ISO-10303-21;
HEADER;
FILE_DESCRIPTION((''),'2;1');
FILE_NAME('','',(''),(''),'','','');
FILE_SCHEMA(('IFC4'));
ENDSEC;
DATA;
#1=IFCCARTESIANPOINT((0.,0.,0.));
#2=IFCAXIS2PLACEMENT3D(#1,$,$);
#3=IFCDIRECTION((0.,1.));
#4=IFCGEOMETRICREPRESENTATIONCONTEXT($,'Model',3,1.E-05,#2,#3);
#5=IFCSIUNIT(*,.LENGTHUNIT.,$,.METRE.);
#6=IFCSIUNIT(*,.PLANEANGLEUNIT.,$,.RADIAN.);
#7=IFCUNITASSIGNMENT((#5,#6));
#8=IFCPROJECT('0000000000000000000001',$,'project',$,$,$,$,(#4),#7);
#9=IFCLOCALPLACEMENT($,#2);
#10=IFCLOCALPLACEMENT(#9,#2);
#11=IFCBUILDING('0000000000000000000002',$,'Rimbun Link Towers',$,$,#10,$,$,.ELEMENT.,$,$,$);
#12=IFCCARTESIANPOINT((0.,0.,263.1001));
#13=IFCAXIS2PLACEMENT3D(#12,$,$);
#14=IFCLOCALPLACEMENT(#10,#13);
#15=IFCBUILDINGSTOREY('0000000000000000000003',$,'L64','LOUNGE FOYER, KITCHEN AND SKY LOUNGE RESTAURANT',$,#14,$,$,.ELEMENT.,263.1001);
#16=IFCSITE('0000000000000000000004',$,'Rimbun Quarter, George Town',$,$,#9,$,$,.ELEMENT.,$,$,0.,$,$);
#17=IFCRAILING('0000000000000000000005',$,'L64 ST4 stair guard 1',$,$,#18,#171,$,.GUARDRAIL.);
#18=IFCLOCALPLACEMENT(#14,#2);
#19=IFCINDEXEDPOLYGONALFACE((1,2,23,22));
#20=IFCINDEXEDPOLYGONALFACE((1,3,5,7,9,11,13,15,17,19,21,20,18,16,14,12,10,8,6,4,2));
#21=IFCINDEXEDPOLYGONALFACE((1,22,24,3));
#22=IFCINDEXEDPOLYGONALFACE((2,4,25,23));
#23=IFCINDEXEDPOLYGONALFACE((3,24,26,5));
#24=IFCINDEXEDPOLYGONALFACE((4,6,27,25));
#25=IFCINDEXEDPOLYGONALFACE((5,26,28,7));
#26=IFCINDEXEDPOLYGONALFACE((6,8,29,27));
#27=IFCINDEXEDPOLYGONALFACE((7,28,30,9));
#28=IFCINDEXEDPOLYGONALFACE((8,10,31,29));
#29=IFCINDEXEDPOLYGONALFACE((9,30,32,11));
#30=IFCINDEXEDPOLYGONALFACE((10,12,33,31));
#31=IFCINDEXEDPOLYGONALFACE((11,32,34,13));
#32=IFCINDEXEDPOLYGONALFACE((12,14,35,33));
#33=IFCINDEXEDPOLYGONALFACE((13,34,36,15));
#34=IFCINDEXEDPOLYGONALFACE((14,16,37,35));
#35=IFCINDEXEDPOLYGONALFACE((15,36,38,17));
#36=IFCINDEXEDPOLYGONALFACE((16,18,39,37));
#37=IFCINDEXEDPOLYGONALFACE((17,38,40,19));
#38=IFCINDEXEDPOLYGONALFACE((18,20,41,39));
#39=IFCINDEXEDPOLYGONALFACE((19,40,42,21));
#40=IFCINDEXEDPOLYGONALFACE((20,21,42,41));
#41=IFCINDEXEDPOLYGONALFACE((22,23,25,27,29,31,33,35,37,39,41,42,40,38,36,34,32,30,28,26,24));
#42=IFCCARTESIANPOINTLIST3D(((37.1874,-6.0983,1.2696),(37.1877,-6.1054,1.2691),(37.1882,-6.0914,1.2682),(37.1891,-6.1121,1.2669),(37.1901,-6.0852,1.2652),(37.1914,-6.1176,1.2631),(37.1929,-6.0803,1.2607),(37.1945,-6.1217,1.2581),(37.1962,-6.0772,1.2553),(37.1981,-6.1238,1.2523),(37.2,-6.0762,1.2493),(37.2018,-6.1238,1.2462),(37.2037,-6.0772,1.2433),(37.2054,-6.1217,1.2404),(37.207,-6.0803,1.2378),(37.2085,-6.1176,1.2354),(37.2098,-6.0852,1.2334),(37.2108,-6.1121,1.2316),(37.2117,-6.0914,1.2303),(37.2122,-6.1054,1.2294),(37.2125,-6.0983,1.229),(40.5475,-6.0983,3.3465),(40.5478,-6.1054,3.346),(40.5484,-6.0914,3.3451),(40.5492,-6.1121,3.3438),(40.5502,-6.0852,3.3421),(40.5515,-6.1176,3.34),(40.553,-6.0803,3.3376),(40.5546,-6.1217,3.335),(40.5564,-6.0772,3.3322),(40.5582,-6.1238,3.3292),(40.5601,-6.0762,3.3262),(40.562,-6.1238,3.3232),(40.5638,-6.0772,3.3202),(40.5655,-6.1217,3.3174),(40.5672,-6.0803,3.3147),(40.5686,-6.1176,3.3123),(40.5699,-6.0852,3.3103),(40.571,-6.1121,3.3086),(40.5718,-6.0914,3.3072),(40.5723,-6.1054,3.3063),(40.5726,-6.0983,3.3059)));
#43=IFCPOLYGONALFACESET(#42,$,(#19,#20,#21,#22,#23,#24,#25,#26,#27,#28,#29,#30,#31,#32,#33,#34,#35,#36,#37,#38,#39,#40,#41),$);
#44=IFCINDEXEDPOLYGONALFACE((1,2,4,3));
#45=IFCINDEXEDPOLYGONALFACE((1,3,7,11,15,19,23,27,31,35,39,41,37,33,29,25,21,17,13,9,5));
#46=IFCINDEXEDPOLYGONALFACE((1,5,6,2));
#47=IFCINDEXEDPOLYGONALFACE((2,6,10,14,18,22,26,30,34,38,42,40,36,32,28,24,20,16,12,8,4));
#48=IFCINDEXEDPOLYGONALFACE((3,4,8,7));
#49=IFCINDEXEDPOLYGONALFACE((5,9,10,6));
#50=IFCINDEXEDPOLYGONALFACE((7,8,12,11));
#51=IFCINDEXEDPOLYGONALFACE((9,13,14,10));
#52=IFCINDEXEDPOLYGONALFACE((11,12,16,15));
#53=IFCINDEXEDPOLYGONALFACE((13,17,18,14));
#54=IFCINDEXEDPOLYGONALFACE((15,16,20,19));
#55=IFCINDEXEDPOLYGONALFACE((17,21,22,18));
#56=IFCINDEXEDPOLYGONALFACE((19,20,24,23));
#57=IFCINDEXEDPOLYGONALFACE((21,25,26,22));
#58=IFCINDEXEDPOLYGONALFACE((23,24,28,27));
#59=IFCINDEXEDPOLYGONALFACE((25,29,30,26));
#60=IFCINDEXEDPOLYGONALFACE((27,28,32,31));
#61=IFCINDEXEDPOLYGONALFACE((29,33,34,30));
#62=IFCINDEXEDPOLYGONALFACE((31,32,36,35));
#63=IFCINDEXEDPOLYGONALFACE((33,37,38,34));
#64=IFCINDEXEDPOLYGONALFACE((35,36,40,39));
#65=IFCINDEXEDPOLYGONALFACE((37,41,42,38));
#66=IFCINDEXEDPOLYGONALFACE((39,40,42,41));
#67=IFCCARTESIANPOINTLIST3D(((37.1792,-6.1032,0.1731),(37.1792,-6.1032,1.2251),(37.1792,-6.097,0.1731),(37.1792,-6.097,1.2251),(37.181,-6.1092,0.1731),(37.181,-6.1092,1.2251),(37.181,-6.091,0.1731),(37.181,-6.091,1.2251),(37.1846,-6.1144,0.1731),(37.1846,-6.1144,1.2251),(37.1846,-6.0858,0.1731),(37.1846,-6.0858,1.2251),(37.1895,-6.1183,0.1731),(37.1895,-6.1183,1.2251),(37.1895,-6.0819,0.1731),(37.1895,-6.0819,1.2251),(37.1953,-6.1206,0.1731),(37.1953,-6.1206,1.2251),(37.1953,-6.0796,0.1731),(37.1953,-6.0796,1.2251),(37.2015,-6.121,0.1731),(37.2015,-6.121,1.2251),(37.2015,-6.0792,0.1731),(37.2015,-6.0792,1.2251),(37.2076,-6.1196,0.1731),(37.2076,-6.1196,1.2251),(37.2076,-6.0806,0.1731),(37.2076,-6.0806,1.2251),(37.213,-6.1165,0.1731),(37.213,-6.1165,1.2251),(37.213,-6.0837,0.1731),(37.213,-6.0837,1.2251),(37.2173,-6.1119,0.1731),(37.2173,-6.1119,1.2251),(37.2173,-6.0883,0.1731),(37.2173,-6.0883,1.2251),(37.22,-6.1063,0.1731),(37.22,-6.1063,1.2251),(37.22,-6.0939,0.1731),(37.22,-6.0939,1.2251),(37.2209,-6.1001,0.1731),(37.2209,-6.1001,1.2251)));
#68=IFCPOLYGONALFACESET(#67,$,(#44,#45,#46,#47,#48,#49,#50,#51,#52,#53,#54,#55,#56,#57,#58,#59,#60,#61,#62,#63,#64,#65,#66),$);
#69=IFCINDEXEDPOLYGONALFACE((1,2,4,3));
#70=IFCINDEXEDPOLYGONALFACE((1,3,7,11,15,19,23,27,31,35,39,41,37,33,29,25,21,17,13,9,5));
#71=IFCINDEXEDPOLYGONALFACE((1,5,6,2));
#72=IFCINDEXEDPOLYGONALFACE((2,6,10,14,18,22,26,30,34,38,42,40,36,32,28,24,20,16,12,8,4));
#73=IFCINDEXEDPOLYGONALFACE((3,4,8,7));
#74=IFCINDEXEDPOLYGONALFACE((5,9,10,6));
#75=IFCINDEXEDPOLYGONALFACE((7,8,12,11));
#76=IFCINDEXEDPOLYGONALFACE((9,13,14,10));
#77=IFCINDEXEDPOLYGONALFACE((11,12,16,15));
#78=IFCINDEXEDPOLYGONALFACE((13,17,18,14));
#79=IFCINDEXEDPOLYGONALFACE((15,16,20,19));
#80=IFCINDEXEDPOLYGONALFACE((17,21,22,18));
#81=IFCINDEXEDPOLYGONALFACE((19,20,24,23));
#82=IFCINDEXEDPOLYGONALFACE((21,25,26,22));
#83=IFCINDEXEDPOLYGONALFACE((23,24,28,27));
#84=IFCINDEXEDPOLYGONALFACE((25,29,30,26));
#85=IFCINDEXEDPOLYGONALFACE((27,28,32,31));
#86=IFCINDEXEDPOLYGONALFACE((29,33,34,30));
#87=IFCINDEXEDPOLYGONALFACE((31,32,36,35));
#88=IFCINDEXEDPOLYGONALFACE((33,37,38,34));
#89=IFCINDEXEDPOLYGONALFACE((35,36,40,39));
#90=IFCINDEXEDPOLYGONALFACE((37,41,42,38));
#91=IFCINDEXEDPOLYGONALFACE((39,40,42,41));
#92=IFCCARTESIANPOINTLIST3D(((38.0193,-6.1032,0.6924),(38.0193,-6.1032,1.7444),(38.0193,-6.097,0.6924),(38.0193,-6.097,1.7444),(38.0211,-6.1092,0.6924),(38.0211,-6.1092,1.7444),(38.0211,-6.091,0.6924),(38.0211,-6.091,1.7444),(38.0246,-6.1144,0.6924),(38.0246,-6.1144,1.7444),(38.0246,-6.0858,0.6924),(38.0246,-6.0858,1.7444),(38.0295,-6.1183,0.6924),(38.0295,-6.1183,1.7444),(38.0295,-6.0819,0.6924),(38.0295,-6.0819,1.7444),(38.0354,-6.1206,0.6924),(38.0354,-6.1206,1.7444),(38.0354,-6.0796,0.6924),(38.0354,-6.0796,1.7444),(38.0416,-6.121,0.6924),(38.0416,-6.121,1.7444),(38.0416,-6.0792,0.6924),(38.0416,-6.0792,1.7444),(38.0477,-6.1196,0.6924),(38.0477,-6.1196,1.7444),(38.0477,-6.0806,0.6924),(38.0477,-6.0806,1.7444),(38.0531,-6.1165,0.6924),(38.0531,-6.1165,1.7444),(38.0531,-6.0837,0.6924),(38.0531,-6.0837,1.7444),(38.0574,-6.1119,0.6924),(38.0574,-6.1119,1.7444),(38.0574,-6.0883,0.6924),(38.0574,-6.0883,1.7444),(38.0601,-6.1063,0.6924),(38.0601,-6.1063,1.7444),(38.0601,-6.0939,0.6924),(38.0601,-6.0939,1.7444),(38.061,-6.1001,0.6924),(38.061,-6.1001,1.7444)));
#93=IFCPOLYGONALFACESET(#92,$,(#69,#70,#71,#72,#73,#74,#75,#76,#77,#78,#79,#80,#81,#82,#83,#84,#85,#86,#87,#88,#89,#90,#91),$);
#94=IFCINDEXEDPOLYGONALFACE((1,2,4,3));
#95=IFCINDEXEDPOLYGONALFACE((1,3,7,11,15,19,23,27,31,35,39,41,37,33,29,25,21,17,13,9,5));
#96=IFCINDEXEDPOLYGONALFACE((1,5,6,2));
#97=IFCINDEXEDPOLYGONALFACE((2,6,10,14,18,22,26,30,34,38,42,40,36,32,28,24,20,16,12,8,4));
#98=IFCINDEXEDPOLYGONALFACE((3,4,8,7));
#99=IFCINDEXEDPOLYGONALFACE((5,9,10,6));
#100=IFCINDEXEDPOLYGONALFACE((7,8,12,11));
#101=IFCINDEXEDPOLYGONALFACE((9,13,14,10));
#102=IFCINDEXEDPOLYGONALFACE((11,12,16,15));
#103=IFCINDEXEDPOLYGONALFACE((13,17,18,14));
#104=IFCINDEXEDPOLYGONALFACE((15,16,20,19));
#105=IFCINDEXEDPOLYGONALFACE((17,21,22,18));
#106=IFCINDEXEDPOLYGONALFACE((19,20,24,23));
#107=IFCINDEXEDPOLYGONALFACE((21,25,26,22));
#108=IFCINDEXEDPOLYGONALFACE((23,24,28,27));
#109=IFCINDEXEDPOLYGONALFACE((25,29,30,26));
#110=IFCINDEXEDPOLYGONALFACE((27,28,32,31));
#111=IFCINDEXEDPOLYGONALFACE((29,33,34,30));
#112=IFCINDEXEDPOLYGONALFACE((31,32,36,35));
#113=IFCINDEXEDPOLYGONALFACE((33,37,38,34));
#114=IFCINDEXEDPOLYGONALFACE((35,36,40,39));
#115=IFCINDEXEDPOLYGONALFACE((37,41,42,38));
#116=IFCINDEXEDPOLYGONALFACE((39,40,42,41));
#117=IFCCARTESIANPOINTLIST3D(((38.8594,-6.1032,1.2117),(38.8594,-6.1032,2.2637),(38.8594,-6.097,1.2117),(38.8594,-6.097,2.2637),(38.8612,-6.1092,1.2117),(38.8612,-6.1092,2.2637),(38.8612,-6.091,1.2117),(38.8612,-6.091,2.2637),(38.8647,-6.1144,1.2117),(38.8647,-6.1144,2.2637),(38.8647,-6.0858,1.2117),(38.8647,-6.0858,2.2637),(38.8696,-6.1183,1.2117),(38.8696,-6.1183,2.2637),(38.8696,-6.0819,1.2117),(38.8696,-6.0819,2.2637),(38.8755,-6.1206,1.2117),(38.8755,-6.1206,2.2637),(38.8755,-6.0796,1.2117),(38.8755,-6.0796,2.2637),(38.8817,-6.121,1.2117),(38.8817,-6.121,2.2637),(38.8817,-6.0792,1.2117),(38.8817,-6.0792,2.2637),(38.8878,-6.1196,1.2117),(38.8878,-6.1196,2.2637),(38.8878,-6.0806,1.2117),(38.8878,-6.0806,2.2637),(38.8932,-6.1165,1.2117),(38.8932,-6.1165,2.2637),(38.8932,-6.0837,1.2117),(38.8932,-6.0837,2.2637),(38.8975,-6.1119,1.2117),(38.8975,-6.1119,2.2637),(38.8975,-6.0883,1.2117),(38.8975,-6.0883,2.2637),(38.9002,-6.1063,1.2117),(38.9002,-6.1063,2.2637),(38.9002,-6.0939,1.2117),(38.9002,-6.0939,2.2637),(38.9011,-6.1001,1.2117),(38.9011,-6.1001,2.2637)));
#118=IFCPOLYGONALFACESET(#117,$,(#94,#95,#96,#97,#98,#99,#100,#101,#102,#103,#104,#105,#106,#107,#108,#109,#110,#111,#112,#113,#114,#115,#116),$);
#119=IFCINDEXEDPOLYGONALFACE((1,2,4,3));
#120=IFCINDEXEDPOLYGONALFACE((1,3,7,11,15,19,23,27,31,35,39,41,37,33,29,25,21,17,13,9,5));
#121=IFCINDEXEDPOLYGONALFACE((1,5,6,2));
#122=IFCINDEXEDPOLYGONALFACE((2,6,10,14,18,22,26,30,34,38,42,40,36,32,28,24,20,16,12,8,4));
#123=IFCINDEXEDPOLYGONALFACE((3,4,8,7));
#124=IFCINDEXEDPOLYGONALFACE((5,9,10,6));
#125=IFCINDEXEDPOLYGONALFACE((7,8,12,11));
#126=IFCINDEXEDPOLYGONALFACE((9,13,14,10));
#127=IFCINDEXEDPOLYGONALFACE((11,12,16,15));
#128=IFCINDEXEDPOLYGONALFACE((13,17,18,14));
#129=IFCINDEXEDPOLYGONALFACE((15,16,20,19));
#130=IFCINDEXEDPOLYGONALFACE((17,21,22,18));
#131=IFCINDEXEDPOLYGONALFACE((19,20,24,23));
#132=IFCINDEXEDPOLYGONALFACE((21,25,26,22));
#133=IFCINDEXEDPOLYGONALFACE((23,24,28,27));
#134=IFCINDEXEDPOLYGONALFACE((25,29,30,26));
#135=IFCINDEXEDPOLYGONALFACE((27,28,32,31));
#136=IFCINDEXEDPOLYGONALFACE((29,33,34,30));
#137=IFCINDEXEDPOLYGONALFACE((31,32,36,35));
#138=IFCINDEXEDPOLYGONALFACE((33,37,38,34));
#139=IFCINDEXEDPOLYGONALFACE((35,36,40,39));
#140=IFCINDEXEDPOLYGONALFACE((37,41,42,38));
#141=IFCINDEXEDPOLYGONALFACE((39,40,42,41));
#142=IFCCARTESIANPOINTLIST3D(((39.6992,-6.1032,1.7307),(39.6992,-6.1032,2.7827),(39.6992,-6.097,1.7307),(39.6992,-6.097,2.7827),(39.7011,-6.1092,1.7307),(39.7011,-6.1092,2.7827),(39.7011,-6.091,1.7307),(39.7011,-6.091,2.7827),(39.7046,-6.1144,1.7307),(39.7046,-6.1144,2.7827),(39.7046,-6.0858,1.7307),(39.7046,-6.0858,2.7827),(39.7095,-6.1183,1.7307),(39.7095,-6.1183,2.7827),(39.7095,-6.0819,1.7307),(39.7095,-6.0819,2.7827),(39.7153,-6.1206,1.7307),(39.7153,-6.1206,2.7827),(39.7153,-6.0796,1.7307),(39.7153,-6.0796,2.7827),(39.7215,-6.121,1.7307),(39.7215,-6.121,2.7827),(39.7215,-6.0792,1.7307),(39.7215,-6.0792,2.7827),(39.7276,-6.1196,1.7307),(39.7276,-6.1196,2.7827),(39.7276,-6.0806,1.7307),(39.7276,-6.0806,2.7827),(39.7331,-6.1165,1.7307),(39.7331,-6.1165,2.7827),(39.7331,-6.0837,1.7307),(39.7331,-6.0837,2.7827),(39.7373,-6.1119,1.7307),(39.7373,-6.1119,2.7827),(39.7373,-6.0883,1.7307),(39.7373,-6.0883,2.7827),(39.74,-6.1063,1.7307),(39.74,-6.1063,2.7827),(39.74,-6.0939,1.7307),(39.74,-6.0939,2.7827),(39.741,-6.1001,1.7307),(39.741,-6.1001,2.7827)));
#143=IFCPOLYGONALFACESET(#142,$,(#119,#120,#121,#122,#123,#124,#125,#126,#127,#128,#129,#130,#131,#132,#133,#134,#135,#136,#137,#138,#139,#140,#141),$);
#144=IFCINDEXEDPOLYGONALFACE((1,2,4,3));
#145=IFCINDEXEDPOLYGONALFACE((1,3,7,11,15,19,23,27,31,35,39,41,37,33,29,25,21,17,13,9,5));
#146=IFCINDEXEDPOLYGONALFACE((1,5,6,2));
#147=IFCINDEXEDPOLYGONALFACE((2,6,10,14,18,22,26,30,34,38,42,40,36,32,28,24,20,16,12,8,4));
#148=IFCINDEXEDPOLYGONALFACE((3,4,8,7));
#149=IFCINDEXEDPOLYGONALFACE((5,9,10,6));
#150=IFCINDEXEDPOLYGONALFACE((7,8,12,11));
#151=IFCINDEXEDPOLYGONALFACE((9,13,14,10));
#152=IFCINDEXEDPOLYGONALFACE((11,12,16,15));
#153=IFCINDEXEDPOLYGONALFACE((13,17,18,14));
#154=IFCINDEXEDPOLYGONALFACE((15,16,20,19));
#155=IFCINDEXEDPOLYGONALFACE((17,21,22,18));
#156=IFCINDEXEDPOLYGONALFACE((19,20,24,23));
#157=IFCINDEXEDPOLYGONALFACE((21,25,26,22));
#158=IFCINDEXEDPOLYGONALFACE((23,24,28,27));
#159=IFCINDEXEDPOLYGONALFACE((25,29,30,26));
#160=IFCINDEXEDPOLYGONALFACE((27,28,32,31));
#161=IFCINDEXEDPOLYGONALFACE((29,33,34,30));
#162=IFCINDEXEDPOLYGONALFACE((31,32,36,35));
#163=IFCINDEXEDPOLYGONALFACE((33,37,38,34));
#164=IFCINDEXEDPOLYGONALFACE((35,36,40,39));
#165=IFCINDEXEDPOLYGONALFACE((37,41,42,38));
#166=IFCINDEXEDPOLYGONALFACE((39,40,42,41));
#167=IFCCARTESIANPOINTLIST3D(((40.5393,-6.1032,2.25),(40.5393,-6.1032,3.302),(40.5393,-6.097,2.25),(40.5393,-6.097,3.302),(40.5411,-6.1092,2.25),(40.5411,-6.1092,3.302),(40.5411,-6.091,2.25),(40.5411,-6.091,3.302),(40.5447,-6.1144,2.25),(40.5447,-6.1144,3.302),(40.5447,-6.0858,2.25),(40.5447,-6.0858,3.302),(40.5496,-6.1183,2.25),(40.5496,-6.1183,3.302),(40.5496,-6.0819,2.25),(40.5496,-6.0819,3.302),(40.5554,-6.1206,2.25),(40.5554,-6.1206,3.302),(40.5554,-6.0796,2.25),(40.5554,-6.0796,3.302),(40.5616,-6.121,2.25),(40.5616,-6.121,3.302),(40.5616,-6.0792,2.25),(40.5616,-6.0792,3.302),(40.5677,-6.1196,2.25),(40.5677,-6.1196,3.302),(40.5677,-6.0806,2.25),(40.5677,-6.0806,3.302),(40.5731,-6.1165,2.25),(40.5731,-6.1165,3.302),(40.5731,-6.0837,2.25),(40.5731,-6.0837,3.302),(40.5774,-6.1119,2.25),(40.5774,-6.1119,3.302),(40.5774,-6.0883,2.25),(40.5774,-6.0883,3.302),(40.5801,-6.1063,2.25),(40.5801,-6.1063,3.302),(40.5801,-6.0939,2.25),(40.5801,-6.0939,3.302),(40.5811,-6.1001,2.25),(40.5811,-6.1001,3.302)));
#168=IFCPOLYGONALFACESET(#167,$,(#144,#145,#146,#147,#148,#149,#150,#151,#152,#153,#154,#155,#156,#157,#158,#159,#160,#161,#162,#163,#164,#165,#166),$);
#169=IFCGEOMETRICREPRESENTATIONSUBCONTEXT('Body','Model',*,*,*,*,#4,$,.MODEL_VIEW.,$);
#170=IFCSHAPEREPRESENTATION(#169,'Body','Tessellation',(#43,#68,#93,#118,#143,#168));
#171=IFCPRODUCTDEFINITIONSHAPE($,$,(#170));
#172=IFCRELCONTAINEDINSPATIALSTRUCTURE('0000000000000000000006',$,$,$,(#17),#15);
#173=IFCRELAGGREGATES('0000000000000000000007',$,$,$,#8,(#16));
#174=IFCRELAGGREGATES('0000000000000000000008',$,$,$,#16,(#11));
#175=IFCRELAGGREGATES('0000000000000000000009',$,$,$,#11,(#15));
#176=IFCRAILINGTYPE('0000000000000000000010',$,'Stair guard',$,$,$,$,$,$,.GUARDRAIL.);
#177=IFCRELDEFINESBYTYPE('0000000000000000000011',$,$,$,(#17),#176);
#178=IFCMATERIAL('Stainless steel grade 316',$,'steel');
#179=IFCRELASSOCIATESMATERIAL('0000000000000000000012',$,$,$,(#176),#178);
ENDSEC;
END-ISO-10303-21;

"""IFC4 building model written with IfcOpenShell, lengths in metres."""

from ifc_helpers import new_model, si_unit, direction, frame, origin, origin_2d, place, context, subcontext, project, spatial, circle, extrude, material, type_object, element, save


model = new_model("IFC4")

# Units and contexts
model_context = context("Model", 3, precision=1e-05, world=origin(), true_north=direction((0.0, 1.0)))
body_context = subcontext(model_context, "Body", "Model", "MODEL_VIEW")
ifc_project = project(units=[si_unit("LENGTHUNIT", "METRE"), si_unit("PLANEANGLEUNIT", "RADIAN")], contexts=[model_context])

# Site, building, storey
site_placement = place(None, origin())
site = spatial("IfcSite", under=ifc_project, at=site_placement, Name="Rimbun Quarter, George Town", CompositionType="ELEMENT", RefElevation=0.0)
building_placement = place(site_placement, origin())
building = spatial("IfcBuilding", under=site, at=building_placement, Name="Rimbun Link Towers", CompositionType="ELEMENT")
storey_placement = place(building_placement, frame((0.0, 0.0, 263.1001)))
storey = spatial("IfcBuildingStorey", under=building, at=storey_placement, Name="L64", Description="LOUNGE FOYER, KITCHEN AND SKY LOUNGE RESTAURANT", CompositionType="ELEMENT", Elevation=263.1001)

# Railing
ifc_material_1 = material(Name="Stainless steel grade 316", Category="steel")
railing_type_1 = type_object("IfcRailingType", Name="Stair guard", PredefinedType="GUARDRAIL", material=ifc_material_1)
railing_1_placement = place(storey_placement, frame((37.2, -6.1001, 0.1731)))
element("IfcRailing", 1, at=railing_1_placement, inside=storey, type_object=railing_type_1, Name="L64 ST4 stair guard 1", PredefinedType="GUARDRAIL", context=body_context, shape_type="SweptSolid", body=[
    extrude(circle(Radius=0.0239, at=origin_2d()), frame((0.0, 0.0, 1.0762), z_axis=(0.850623, 0.0, 0.525776), x_axis=(0.0, 1.0, 0.0)), (0.0, 0.0, 1.0), 3.9502),
    extrude(circle(Radius=0.021, at=origin_2d()), origin(), (0.0, 0.0, 1.0), 1.052),
    extrude(circle(Radius=0.021, at=origin_2d()), frame((0.8401, 0.0, 0.5193)), (0.0, 0.0, 1.0), 1.052),
    extrude(circle(Radius=0.021, at=origin_2d()), frame((1.6802, 0.0, 1.0386)), (0.0, 0.0, 1.0), 1.052),
    extrude(circle(Radius=0.021, at=origin_2d()), frame((2.52, 0.0, 1.5576)), (0.0, 0.0, 1.0), 1.052),
    extrude(circle(Radius=0.021, at=origin_2d()), frame((3.3601, 0.0, 2.0769)), (0.0, 0.0, 1.0), 1.052),
])

save(model, "model.ifc")
